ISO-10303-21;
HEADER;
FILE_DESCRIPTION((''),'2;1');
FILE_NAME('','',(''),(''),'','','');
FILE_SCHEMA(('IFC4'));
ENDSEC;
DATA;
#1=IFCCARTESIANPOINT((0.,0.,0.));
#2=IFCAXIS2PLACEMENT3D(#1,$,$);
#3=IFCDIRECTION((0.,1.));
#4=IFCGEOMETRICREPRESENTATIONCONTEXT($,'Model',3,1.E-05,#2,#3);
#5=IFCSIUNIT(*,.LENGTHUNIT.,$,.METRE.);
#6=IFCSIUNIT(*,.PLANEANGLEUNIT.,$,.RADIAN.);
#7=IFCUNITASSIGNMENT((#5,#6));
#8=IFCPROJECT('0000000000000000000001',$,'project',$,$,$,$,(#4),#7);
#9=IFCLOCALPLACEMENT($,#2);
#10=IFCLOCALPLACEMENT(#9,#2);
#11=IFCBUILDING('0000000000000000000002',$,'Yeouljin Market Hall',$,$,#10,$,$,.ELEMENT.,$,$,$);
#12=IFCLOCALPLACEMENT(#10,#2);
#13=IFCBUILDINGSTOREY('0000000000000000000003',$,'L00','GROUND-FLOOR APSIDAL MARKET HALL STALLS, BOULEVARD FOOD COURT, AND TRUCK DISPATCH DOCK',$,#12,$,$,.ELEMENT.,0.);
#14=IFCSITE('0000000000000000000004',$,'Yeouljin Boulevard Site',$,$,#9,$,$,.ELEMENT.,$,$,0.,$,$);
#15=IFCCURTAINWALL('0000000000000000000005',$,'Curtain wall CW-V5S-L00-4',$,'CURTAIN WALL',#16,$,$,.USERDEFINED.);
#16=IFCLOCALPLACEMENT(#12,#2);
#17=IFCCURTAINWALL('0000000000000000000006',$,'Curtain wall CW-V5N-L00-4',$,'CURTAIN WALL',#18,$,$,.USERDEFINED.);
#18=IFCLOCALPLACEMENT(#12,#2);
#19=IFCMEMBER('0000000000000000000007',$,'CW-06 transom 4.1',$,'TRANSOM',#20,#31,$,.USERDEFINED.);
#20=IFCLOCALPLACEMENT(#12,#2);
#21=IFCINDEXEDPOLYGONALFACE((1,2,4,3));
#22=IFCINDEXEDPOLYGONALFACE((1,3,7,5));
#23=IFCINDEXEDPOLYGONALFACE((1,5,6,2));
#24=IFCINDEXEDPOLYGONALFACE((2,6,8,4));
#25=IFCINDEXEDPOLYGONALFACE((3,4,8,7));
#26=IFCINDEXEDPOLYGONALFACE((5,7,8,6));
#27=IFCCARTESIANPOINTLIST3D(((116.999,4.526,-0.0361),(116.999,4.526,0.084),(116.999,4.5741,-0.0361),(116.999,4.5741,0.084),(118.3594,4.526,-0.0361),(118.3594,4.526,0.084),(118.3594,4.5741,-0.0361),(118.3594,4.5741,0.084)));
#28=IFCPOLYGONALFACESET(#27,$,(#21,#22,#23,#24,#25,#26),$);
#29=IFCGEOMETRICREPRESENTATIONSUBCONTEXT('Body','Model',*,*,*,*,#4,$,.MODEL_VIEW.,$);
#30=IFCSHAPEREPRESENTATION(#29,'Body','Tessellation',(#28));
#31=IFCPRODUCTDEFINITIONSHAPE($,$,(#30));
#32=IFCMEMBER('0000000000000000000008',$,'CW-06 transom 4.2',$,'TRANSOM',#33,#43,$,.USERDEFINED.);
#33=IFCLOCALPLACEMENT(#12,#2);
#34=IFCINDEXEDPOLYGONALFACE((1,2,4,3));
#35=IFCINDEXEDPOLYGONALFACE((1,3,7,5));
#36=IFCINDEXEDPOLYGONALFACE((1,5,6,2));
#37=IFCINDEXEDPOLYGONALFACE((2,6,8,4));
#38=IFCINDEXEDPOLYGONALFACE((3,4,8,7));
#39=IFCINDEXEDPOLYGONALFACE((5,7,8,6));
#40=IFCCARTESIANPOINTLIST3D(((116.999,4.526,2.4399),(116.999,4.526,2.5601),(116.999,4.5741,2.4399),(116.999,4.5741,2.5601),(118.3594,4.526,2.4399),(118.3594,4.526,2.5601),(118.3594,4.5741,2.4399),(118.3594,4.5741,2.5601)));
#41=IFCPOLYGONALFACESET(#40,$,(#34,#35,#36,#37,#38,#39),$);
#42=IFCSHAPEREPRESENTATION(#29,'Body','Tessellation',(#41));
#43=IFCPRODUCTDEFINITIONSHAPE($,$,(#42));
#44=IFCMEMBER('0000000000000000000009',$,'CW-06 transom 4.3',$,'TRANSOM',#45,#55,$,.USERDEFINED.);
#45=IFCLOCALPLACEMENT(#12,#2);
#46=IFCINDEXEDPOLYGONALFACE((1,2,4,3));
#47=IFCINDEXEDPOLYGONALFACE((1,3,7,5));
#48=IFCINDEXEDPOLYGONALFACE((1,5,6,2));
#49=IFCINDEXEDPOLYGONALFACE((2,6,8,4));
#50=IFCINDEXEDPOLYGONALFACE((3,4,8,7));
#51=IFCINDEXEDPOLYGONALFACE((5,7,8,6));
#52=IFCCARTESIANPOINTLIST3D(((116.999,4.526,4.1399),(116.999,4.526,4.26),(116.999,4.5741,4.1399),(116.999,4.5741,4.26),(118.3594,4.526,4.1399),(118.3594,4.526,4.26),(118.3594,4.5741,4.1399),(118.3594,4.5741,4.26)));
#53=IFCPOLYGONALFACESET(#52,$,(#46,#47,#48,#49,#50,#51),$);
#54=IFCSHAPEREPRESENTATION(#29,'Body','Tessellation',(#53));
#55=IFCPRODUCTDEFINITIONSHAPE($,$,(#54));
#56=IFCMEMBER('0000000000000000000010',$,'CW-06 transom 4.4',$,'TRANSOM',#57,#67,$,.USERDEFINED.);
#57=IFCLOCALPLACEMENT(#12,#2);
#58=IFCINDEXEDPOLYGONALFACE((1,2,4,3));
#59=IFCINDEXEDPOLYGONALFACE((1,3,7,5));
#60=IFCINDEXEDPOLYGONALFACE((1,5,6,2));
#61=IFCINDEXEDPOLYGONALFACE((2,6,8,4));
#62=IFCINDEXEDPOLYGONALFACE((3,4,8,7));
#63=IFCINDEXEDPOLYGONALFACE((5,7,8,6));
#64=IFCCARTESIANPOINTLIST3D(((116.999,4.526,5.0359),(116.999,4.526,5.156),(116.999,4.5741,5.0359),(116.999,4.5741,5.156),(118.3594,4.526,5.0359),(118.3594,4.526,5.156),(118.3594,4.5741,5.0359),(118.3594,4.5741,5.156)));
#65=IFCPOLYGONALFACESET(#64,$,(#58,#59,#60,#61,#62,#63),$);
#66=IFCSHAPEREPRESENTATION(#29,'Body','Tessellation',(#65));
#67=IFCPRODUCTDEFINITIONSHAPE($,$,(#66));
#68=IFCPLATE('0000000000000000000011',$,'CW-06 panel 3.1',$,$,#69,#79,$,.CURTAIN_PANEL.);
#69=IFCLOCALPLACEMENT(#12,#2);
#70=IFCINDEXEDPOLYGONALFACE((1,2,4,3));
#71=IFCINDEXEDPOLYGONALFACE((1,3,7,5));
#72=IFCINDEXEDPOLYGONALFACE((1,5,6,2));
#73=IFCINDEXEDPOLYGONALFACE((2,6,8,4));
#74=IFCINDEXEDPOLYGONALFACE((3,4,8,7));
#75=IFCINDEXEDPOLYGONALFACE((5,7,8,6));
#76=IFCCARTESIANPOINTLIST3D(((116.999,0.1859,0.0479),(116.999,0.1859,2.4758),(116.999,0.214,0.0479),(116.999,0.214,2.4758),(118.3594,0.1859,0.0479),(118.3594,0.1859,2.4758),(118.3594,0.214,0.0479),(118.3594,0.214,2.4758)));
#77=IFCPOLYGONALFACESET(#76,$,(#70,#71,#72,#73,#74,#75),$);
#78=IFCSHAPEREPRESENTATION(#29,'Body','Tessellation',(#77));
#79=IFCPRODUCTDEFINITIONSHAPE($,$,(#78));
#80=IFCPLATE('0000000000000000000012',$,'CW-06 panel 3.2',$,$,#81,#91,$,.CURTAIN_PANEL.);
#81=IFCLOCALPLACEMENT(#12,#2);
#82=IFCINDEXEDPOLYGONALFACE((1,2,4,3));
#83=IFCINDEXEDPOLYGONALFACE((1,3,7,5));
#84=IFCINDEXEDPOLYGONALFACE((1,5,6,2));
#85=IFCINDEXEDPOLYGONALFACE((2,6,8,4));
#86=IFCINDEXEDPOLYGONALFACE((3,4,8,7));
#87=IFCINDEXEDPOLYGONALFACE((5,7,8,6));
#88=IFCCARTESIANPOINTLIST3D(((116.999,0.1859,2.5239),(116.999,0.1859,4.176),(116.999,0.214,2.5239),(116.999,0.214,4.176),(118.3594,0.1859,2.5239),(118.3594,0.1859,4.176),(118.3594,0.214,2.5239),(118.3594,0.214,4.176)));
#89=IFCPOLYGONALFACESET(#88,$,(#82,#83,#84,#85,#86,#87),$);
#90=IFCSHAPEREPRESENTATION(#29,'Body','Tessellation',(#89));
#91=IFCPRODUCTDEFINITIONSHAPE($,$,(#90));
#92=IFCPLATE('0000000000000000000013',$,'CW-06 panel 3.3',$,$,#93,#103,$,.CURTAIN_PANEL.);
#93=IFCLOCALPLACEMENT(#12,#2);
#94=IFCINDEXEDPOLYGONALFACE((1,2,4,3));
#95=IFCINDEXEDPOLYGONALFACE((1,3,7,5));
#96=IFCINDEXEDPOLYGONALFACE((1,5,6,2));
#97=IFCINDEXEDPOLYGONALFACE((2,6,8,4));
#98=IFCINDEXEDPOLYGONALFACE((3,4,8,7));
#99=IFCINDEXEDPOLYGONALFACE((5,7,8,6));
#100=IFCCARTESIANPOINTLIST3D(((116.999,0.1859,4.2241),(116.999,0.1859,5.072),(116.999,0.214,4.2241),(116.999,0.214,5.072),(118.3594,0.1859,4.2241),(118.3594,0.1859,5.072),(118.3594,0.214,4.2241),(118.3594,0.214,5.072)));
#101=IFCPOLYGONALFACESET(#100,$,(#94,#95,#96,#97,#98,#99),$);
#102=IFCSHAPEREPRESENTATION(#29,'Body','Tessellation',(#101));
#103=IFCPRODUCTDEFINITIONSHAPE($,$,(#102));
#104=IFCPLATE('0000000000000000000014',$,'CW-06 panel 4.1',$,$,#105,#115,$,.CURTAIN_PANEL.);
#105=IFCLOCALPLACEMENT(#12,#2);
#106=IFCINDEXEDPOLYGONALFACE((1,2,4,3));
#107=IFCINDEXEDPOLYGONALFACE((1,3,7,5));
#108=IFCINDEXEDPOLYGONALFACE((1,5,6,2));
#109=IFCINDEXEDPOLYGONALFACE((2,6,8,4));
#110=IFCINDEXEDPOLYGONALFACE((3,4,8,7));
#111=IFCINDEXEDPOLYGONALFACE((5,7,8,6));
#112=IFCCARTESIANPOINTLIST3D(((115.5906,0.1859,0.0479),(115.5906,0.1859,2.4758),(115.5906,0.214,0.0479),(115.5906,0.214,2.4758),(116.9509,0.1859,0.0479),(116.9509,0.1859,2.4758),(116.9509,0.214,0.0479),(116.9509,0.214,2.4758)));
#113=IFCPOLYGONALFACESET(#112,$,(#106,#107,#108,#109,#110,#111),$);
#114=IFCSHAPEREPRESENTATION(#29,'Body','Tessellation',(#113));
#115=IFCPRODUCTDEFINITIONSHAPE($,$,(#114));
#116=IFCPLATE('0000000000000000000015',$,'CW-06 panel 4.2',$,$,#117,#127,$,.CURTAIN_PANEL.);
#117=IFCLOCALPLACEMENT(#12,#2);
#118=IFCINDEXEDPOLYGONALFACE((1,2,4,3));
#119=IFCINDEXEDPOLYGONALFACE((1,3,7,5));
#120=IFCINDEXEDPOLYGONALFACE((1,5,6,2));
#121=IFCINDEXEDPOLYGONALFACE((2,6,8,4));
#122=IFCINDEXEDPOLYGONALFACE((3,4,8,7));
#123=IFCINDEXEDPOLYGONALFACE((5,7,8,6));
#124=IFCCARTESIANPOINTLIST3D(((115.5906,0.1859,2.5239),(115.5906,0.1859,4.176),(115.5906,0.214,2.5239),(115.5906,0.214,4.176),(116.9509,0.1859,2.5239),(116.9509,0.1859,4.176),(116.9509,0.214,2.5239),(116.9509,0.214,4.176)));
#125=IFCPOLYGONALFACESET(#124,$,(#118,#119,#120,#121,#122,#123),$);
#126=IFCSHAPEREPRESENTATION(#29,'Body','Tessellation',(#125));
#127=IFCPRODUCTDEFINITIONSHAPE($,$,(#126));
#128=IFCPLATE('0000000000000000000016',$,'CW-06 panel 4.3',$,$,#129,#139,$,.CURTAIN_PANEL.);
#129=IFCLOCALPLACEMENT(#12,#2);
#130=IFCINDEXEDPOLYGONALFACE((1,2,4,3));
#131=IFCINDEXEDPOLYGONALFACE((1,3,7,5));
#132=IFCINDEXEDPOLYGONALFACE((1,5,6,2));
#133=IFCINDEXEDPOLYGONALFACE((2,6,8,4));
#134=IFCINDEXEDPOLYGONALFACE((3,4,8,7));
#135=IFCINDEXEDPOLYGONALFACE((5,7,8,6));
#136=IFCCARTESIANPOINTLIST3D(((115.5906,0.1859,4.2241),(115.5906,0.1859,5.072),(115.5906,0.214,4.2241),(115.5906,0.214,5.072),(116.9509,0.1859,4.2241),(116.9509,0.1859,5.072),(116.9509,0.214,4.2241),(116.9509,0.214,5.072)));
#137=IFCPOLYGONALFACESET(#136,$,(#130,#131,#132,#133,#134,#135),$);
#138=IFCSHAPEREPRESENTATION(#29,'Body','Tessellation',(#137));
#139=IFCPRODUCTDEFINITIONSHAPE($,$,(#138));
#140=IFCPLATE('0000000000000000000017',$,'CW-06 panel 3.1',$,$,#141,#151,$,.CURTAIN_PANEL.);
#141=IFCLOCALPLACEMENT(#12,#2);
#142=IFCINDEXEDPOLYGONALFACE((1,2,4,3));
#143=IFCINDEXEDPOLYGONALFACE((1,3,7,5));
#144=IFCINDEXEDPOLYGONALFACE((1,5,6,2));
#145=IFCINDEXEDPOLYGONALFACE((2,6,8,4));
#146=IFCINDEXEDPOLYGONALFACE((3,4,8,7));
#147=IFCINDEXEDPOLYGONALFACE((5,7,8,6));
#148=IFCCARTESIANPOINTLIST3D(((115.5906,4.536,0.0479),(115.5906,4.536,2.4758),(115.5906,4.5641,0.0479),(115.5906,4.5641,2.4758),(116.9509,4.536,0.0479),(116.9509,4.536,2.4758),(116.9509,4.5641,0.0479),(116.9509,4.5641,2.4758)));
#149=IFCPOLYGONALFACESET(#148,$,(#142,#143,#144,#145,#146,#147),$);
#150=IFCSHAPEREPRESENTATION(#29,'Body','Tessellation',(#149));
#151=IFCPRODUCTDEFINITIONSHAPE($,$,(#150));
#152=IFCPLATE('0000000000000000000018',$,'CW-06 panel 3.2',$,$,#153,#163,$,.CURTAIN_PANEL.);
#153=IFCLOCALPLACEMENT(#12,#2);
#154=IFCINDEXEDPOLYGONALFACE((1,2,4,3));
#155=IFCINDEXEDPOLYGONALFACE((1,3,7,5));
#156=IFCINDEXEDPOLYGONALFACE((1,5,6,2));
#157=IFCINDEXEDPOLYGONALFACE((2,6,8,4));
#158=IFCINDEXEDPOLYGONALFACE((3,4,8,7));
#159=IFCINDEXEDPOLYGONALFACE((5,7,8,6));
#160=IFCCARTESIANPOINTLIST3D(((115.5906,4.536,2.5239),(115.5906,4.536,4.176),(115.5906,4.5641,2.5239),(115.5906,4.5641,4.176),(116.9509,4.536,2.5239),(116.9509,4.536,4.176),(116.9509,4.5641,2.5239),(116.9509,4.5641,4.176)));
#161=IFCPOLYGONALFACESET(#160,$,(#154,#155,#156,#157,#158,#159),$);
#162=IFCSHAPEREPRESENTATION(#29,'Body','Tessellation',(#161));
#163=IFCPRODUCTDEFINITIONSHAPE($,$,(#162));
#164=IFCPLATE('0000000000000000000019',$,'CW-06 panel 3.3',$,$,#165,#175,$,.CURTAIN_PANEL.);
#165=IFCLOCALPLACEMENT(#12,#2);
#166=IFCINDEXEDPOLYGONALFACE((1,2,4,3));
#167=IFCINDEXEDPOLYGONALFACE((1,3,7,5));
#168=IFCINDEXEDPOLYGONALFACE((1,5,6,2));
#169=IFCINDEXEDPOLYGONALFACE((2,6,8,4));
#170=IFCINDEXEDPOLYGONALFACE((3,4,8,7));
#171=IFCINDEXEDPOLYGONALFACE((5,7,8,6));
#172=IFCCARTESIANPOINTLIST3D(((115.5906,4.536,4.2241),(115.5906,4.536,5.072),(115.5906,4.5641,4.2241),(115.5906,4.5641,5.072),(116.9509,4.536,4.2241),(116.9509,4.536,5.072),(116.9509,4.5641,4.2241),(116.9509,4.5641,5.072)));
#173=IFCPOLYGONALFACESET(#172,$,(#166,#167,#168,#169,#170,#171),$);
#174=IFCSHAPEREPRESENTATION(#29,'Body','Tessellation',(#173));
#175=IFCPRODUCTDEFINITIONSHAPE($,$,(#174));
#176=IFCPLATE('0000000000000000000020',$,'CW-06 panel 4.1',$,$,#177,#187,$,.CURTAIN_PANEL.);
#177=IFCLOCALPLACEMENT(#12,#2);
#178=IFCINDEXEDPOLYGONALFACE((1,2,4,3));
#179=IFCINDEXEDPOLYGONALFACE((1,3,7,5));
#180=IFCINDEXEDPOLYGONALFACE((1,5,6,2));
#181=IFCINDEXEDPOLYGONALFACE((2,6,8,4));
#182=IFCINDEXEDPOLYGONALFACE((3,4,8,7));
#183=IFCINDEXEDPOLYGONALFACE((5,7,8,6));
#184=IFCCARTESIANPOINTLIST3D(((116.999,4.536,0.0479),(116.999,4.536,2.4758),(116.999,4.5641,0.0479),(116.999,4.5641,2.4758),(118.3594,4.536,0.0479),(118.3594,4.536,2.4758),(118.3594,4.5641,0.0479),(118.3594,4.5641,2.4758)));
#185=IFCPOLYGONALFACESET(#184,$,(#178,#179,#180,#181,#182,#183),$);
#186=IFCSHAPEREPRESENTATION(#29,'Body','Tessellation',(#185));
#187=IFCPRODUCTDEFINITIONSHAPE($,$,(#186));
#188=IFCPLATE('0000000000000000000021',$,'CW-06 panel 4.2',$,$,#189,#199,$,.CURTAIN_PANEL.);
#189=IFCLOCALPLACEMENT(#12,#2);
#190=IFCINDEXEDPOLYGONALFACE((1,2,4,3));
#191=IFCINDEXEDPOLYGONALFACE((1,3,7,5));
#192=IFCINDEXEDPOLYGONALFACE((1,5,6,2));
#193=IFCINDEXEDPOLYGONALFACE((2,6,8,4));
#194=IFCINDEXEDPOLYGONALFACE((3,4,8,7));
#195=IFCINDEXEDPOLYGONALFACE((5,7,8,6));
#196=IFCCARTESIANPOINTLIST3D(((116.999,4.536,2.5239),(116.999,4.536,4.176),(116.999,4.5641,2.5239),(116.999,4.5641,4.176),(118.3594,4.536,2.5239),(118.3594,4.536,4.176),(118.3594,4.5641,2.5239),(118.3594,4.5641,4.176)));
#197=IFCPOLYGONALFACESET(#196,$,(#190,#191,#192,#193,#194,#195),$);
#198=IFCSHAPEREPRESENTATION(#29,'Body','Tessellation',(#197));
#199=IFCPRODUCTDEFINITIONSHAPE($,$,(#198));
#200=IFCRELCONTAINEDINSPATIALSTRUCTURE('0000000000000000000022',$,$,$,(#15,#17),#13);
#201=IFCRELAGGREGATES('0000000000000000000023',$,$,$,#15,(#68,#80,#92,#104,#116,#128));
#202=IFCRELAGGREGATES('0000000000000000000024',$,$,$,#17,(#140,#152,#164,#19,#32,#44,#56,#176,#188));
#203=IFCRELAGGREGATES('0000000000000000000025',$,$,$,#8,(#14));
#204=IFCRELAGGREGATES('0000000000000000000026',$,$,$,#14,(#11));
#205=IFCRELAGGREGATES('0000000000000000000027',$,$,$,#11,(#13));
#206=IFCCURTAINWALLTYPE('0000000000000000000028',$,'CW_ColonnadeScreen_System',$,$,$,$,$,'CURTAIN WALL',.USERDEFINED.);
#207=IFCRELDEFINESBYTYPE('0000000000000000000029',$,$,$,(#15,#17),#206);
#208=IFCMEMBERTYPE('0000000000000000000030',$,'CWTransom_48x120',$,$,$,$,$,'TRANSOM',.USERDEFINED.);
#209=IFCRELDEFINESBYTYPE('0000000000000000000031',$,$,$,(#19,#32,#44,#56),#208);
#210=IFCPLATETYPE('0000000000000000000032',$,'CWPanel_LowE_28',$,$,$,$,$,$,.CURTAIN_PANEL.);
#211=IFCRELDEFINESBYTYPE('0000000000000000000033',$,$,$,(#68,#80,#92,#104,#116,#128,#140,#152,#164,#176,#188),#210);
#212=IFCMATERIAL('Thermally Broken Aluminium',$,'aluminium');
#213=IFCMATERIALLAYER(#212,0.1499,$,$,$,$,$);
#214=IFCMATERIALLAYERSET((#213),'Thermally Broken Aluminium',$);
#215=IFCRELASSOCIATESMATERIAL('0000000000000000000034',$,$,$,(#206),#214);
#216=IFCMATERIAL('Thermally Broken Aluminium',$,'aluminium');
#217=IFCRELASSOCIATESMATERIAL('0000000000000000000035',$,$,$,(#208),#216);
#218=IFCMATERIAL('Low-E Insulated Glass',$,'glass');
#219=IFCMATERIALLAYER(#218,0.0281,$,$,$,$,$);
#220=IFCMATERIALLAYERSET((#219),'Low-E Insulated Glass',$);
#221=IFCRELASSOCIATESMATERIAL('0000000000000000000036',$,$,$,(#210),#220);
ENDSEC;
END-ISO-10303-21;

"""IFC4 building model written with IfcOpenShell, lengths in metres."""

from ifc_helpers import new_model, si_unit, direction, frame, origin, origin_2d, place, context, subcontext, project, spatial, rectangle, extrude, material, layer, layer_set, material_profile, profile_set, type_object, element, aggregate, save


model = new_model("IFC4")

# Units and contexts
model_context = context("Model", 3, precision=1e-05, world=origin(), true_north=direction((0.0, 1.0)))
body_context = subcontext(model_context, "Body", "Model", "MODEL_VIEW")
ifc_project = project(units=[si_unit("LENGTHUNIT", "METRE"), si_unit("PLANEANGLEUNIT", "RADIAN")], contexts=[model_context])

# Site, building, storey
site_placement = place(None, origin())
site = spatial("IfcSite", under=ifc_project, at=site_placement, Name="Yeouljin Boulevard Site", CompositionType="ELEMENT", RefElevation=0.0)
building_placement = place(site_placement, origin())
building = spatial("IfcBuilding", under=site, at=building_placement, Name="Yeouljin Market Hall", CompositionType="ELEMENT")
storey_placement = place(building_placement, origin())
storey = spatial("IfcBuildingStorey", under=building, at=storey_placement, Name="L00", Description="GROUND-FLOOR APSIDAL MARKET HALL STALLS, BOULEVARD FOOD COURT, AND TRUCK DISPATCH DOCK", CompositionType="ELEMENT", Elevation=0.0)

# Curtain walls
ifc_material_1 = material(Name="Thermally Broken Aluminium", Category="aluminium")
ifc_layer_1 = layer(ifc_material_1, 0.1499)
ifc_layer_set_1 = layer_set([ifc_layer_1], Name="Thermally Broken Aluminium")
curtain_wall_type = type_object("IfcCurtainWallType", Name="CW_ColonnadeScreen_System", ElementType="CURTAIN WALL", PredefinedType="USERDEFINED", material=ifc_layer_set_1)
curtain_wall_1_placement = place(storey_placement, origin())
curtain_wall_1 = element("IfcCurtainWall", 1, at=curtain_wall_1_placement, inside=storey, type_object=curtain_wall_type, Name="Curtain wall CW-V5S-L00-4", ObjectType="CURTAIN WALL", PredefinedType="USERDEFINED")
curtain_wall_2_placement = place(storey_placement, origin())
curtain_wall_2 = element("IfcCurtainWall", 2, at=curtain_wall_2_placement, inside=storey, type_object=curtain_wall_type, Name="Curtain wall CW-V5N-L00-4", ObjectType="CURTAIN WALL", PredefinedType="USERDEFINED")

# Members
ifc_material_2 = material(Name="Thermally Broken Aluminium", Category="aluminium")
ifc_material_profile_1 = material_profile(ifc_material_2, rectangle(XDim=0.0481, YDim=0.1201, at=origin_2d()), Name="CW-TRAN-48x120")
ifc_profile_set_1 = profile_set([ifc_material_profile_1], Name="Thermally Broken Aluminium")
member_type_1 = type_object("IfcMemberType", Name="CWTransom_48x120", ElementType="TRANSOM", PredefinedType="USERDEFINED", material=ifc_profile_set_1)
member_1_placement = place(storey_placement, frame((116.999, 4.55, 0.0239), z_axis=(1.0, 0.0, 0.0), x_axis=(0.0, 1.0, 0.0)))
member_1 = element("IfcMember", 3, at=member_1_placement, type_object=member_type_1, Name="CW-06 transom 4.1", ObjectType="TRANSOM", PredefinedType="USERDEFINED", context=body_context, shape_type="SweptSolid", body=[
    extrude(rectangle(XDim=0.0481, YDim=0.1201, at=origin_2d()), origin(), (0.0, 0.0, 1.0), 1.3604),
])
member_2_placement = place(storey_placement, frame((116.999, 4.55, 2.5), z_axis=(1.0, 0.0, 0.0), x_axis=(0.0, 1.0, 0.0)))
member_2 = element("IfcMember", 4, at=member_2_placement, type_object=member_type_1, Name="CW-06 transom 4.2", ObjectType="TRANSOM", PredefinedType="USERDEFINED", context=body_context, shape_type="SweptSolid", body=[
    extrude(rectangle(XDim=0.0481, YDim=0.1201, at=origin_2d()), origin(), (0.0, 0.0, 1.0), 1.3604),
])
member_3_placement = place(storey_placement, frame((116.999, 4.55, 4.2), z_axis=(1.0, 0.0, 0.0), x_axis=(0.0, 1.0, 0.0)))
member_3 = element("IfcMember", 5, at=member_3_placement, type_object=member_type_1, Name="CW-06 transom 4.3", ObjectType="TRANSOM", PredefinedType="USERDEFINED", context=body_context, shape_type="SweptSolid", body=[
    extrude(rectangle(XDim=0.0481, YDim=0.1201, at=origin_2d()), origin(), (0.0, 0.0, 1.0), 1.3604),
])
member_4_placement = place(storey_placement, frame((116.999, 4.55, 5.0959), z_axis=(1.0, 0.0, 0.0), x_axis=(0.0, 1.0, 0.0)))
member_4 = element("IfcMember", 6, at=member_4_placement, type_object=member_type_1, Name="CW-06 transom 4.4", ObjectType="TRANSOM", PredefinedType="USERDEFINED", context=body_context, shape_type="SweptSolid", body=[
    extrude(rectangle(XDim=0.0481, YDim=0.1201, at=origin_2d()), origin(), (0.0, 0.0, 1.0), 1.3604),
])

# Plates
ifc_material_3 = material(Name="Low-E Insulated Glass", Category="glass")
ifc_layer_2 = layer(ifc_material_3, 0.0281)
ifc_layer_set_2 = layer_set([ifc_layer_2], Name="Low-E Insulated Glass")
plate_type = type_object("IfcPlateType", Name="CWPanel_LowE_28", PredefinedType="CURTAIN_PANEL", material=ifc_layer_set_2)
plate_1_placement = place(storey_placement, frame((117.6792, 0.2, 0.0479), z_axis=(0.0, 0.0, 1.0), x_axis=(-1.0, 0.0, 0.0)))
plate_1 = element("IfcPlate", 7, at=plate_1_placement, type_object=plate_type, Name="CW-06 panel 3.1", PredefinedType="CURTAIN_PANEL", context=body_context, shape_type="SweptSolid", body=[
    extrude(rectangle(XDim=1.3604, YDim=0.0281, at=origin_2d()), origin(), (0.0, 0.0, 1.0), 2.428),
])
plate_2_placement = place(storey_placement, frame((117.6792, 0.2, 2.5239), z_axis=(0.0, 0.0, 1.0), x_axis=(-1.0, 0.0, 0.0)))
plate_2 = element("IfcPlate", 8, at=plate_2_placement, type_object=plate_type, Name="CW-06 panel 3.2", PredefinedType="CURTAIN_PANEL", context=body_context, shape_type="SweptSolid", body=[
    extrude(rectangle(XDim=1.3604, YDim=0.0281, at=origin_2d()), origin(), (0.0, 0.0, 1.0), 1.6521),
])
plate_3_placement = place(storey_placement, frame((117.6792, 0.2, 4.2241), z_axis=(0.0, 0.0, 1.0), x_axis=(-1.0, 0.0, 0.0)))
plate_3 = element("IfcPlate", 9, at=plate_3_placement, type_object=plate_type, Name="CW-06 panel 3.3", PredefinedType="CURTAIN_PANEL", context=body_context, shape_type="SweptSolid", body=[
    extrude(rectangle(XDim=1.3604, YDim=0.0281, at=origin_2d()), origin(), (0.0, 0.0, 1.0), 0.8479),
])
plate_4_placement = place(storey_placement, frame((116.2708, 0.2, 0.0479), z_axis=(0.0, 0.0, 1.0), x_axis=(-1.0, 0.0, 0.0)))
plate_4 = element("IfcPlate", 10, at=plate_4_placement, type_object=plate_type, Name="CW-06 panel 4.1", PredefinedType="CURTAIN_PANEL", context=body_context, shape_type="SweptSolid", body=[
    extrude(rectangle(XDim=1.3604, YDim=0.0281, at=origin_2d()), origin(), (0.0, 0.0, 1.0), 2.428),
])
plate_5_placement = place(storey_placement, frame((116.2708, 0.2, 2.5239), z_axis=(0.0, 0.0, 1.0), x_axis=(-1.0, 0.0, 0.0)))
plate_5 = element("IfcPlate", 11, at=plate_5_placement, type_object=plate_type, Name="CW-06 panel 4.2", PredefinedType="CURTAIN_PANEL", context=body_context, shape_type="SweptSolid", body=[
    extrude(rectangle(XDim=1.3604, YDim=0.0281, at=origin_2d()), origin(), (0.0, 0.0, 1.0), 1.6521),
])
plate_6_placement = place(storey_placement, frame((116.2708, 0.2, 4.2241), z_axis=(0.0, 0.0, 1.0), x_axis=(-1.0, 0.0, 0.0)))
plate_6 = element("IfcPlate", 12, at=plate_6_placement, type_object=plate_type, Name="CW-06 panel 4.3", PredefinedType="CURTAIN_PANEL", context=body_context, shape_type="SweptSolid", body=[
    extrude(rectangle(XDim=1.3604, YDim=0.0281, at=origin_2d()), origin(), (0.0, 0.0, 1.0), 0.8479),
])
aggregate(curtain_wall_1, [plate_1, plate_2, plate_3, plate_4, plate_5, plate_6])
plate_7_placement = place(storey_placement, frame((116.2708, 4.55, 0.0479), z_axis=(0.0, 0.0, 1.0), x_axis=(1.0, 0.0, 0.0)))
plate_7 = element("IfcPlate", 13, at=plate_7_placement, type_object=plate_type, Name="CW-06 panel 3.1", PredefinedType="CURTAIN_PANEL", context=body_context, shape_type="SweptSolid", body=[
    extrude(rectangle(XDim=1.3604, YDim=0.0281, at=origin_2d()), origin(), (0.0, 0.0, 1.0), 2.428),
])
plate_8_placement = place(storey_placement, frame((116.2708, 4.55, 2.5239), z_axis=(0.0, 0.0, 1.0), x_axis=(1.0, 0.0, 0.0)))
plate_8 = element("IfcPlate", 14, at=plate_8_placement, type_object=plate_type, Name="CW-06 panel 3.2", PredefinedType="CURTAIN_PANEL", context=body_context, shape_type="SweptSolid", body=[
    extrude(rectangle(XDim=1.3604, YDim=0.0281, at=origin_2d()), origin(), (0.0, 0.0, 1.0), 1.6521),
])
plate_9_placement = place(storey_placement, frame((116.2708, 4.55, 4.2241), z_axis=(0.0, 0.0, 1.0), x_axis=(1.0, 0.0, 0.0)))
plate_9 = element("IfcPlate", 15, at=plate_9_placement, type_object=plate_type, Name="CW-06 panel 3.3", PredefinedType="CURTAIN_PANEL", context=body_context, shape_type="SweptSolid", body=[
    extrude(rectangle(XDim=1.3604, YDim=0.0281, at=origin_2d()), origin(), (0.0, 0.0, 1.0), 0.8479),
])
plate_10_placement = place(storey_placement, frame((117.6792, 4.55, 0.0479), z_axis=(0.0, 0.0, 1.0), x_axis=(1.0, 0.0, 0.0)))
plate_10 = element("IfcPlate", 16, at=plate_10_placement, type_object=plate_type, Name="CW-06 panel 4.1", PredefinedType="CURTAIN_PANEL", context=body_context, shape_type="SweptSolid", body=[
    extrude(rectangle(XDim=1.3604, YDim=0.0281, at=origin_2d()), origin(), (0.0, 0.0, 1.0), 2.428),
])
plate_11_placement = place(storey_placement, frame((117.6792, 4.55, 2.5239), z_axis=(0.0, 0.0, 1.0), x_axis=(1.0, 0.0, 0.0)))
plate_11 = element("IfcPlate", 17, at=plate_11_placement, type_object=plate_type, Name="CW-06 panel 4.2", PredefinedType="CURTAIN_PANEL", context=body_context, shape_type="SweptSolid", body=[
    extrude(rectangle(XDim=1.3604, YDim=0.0281, at=origin_2d()), origin(), (0.0, 0.0, 1.0), 1.6521),
])
aggregate(curtain_wall_2, [plate_7, plate_8, plate_9, member_1, member_2, member_3, member_4, plate_10, plate_11])

save(model, "model.ifc")
